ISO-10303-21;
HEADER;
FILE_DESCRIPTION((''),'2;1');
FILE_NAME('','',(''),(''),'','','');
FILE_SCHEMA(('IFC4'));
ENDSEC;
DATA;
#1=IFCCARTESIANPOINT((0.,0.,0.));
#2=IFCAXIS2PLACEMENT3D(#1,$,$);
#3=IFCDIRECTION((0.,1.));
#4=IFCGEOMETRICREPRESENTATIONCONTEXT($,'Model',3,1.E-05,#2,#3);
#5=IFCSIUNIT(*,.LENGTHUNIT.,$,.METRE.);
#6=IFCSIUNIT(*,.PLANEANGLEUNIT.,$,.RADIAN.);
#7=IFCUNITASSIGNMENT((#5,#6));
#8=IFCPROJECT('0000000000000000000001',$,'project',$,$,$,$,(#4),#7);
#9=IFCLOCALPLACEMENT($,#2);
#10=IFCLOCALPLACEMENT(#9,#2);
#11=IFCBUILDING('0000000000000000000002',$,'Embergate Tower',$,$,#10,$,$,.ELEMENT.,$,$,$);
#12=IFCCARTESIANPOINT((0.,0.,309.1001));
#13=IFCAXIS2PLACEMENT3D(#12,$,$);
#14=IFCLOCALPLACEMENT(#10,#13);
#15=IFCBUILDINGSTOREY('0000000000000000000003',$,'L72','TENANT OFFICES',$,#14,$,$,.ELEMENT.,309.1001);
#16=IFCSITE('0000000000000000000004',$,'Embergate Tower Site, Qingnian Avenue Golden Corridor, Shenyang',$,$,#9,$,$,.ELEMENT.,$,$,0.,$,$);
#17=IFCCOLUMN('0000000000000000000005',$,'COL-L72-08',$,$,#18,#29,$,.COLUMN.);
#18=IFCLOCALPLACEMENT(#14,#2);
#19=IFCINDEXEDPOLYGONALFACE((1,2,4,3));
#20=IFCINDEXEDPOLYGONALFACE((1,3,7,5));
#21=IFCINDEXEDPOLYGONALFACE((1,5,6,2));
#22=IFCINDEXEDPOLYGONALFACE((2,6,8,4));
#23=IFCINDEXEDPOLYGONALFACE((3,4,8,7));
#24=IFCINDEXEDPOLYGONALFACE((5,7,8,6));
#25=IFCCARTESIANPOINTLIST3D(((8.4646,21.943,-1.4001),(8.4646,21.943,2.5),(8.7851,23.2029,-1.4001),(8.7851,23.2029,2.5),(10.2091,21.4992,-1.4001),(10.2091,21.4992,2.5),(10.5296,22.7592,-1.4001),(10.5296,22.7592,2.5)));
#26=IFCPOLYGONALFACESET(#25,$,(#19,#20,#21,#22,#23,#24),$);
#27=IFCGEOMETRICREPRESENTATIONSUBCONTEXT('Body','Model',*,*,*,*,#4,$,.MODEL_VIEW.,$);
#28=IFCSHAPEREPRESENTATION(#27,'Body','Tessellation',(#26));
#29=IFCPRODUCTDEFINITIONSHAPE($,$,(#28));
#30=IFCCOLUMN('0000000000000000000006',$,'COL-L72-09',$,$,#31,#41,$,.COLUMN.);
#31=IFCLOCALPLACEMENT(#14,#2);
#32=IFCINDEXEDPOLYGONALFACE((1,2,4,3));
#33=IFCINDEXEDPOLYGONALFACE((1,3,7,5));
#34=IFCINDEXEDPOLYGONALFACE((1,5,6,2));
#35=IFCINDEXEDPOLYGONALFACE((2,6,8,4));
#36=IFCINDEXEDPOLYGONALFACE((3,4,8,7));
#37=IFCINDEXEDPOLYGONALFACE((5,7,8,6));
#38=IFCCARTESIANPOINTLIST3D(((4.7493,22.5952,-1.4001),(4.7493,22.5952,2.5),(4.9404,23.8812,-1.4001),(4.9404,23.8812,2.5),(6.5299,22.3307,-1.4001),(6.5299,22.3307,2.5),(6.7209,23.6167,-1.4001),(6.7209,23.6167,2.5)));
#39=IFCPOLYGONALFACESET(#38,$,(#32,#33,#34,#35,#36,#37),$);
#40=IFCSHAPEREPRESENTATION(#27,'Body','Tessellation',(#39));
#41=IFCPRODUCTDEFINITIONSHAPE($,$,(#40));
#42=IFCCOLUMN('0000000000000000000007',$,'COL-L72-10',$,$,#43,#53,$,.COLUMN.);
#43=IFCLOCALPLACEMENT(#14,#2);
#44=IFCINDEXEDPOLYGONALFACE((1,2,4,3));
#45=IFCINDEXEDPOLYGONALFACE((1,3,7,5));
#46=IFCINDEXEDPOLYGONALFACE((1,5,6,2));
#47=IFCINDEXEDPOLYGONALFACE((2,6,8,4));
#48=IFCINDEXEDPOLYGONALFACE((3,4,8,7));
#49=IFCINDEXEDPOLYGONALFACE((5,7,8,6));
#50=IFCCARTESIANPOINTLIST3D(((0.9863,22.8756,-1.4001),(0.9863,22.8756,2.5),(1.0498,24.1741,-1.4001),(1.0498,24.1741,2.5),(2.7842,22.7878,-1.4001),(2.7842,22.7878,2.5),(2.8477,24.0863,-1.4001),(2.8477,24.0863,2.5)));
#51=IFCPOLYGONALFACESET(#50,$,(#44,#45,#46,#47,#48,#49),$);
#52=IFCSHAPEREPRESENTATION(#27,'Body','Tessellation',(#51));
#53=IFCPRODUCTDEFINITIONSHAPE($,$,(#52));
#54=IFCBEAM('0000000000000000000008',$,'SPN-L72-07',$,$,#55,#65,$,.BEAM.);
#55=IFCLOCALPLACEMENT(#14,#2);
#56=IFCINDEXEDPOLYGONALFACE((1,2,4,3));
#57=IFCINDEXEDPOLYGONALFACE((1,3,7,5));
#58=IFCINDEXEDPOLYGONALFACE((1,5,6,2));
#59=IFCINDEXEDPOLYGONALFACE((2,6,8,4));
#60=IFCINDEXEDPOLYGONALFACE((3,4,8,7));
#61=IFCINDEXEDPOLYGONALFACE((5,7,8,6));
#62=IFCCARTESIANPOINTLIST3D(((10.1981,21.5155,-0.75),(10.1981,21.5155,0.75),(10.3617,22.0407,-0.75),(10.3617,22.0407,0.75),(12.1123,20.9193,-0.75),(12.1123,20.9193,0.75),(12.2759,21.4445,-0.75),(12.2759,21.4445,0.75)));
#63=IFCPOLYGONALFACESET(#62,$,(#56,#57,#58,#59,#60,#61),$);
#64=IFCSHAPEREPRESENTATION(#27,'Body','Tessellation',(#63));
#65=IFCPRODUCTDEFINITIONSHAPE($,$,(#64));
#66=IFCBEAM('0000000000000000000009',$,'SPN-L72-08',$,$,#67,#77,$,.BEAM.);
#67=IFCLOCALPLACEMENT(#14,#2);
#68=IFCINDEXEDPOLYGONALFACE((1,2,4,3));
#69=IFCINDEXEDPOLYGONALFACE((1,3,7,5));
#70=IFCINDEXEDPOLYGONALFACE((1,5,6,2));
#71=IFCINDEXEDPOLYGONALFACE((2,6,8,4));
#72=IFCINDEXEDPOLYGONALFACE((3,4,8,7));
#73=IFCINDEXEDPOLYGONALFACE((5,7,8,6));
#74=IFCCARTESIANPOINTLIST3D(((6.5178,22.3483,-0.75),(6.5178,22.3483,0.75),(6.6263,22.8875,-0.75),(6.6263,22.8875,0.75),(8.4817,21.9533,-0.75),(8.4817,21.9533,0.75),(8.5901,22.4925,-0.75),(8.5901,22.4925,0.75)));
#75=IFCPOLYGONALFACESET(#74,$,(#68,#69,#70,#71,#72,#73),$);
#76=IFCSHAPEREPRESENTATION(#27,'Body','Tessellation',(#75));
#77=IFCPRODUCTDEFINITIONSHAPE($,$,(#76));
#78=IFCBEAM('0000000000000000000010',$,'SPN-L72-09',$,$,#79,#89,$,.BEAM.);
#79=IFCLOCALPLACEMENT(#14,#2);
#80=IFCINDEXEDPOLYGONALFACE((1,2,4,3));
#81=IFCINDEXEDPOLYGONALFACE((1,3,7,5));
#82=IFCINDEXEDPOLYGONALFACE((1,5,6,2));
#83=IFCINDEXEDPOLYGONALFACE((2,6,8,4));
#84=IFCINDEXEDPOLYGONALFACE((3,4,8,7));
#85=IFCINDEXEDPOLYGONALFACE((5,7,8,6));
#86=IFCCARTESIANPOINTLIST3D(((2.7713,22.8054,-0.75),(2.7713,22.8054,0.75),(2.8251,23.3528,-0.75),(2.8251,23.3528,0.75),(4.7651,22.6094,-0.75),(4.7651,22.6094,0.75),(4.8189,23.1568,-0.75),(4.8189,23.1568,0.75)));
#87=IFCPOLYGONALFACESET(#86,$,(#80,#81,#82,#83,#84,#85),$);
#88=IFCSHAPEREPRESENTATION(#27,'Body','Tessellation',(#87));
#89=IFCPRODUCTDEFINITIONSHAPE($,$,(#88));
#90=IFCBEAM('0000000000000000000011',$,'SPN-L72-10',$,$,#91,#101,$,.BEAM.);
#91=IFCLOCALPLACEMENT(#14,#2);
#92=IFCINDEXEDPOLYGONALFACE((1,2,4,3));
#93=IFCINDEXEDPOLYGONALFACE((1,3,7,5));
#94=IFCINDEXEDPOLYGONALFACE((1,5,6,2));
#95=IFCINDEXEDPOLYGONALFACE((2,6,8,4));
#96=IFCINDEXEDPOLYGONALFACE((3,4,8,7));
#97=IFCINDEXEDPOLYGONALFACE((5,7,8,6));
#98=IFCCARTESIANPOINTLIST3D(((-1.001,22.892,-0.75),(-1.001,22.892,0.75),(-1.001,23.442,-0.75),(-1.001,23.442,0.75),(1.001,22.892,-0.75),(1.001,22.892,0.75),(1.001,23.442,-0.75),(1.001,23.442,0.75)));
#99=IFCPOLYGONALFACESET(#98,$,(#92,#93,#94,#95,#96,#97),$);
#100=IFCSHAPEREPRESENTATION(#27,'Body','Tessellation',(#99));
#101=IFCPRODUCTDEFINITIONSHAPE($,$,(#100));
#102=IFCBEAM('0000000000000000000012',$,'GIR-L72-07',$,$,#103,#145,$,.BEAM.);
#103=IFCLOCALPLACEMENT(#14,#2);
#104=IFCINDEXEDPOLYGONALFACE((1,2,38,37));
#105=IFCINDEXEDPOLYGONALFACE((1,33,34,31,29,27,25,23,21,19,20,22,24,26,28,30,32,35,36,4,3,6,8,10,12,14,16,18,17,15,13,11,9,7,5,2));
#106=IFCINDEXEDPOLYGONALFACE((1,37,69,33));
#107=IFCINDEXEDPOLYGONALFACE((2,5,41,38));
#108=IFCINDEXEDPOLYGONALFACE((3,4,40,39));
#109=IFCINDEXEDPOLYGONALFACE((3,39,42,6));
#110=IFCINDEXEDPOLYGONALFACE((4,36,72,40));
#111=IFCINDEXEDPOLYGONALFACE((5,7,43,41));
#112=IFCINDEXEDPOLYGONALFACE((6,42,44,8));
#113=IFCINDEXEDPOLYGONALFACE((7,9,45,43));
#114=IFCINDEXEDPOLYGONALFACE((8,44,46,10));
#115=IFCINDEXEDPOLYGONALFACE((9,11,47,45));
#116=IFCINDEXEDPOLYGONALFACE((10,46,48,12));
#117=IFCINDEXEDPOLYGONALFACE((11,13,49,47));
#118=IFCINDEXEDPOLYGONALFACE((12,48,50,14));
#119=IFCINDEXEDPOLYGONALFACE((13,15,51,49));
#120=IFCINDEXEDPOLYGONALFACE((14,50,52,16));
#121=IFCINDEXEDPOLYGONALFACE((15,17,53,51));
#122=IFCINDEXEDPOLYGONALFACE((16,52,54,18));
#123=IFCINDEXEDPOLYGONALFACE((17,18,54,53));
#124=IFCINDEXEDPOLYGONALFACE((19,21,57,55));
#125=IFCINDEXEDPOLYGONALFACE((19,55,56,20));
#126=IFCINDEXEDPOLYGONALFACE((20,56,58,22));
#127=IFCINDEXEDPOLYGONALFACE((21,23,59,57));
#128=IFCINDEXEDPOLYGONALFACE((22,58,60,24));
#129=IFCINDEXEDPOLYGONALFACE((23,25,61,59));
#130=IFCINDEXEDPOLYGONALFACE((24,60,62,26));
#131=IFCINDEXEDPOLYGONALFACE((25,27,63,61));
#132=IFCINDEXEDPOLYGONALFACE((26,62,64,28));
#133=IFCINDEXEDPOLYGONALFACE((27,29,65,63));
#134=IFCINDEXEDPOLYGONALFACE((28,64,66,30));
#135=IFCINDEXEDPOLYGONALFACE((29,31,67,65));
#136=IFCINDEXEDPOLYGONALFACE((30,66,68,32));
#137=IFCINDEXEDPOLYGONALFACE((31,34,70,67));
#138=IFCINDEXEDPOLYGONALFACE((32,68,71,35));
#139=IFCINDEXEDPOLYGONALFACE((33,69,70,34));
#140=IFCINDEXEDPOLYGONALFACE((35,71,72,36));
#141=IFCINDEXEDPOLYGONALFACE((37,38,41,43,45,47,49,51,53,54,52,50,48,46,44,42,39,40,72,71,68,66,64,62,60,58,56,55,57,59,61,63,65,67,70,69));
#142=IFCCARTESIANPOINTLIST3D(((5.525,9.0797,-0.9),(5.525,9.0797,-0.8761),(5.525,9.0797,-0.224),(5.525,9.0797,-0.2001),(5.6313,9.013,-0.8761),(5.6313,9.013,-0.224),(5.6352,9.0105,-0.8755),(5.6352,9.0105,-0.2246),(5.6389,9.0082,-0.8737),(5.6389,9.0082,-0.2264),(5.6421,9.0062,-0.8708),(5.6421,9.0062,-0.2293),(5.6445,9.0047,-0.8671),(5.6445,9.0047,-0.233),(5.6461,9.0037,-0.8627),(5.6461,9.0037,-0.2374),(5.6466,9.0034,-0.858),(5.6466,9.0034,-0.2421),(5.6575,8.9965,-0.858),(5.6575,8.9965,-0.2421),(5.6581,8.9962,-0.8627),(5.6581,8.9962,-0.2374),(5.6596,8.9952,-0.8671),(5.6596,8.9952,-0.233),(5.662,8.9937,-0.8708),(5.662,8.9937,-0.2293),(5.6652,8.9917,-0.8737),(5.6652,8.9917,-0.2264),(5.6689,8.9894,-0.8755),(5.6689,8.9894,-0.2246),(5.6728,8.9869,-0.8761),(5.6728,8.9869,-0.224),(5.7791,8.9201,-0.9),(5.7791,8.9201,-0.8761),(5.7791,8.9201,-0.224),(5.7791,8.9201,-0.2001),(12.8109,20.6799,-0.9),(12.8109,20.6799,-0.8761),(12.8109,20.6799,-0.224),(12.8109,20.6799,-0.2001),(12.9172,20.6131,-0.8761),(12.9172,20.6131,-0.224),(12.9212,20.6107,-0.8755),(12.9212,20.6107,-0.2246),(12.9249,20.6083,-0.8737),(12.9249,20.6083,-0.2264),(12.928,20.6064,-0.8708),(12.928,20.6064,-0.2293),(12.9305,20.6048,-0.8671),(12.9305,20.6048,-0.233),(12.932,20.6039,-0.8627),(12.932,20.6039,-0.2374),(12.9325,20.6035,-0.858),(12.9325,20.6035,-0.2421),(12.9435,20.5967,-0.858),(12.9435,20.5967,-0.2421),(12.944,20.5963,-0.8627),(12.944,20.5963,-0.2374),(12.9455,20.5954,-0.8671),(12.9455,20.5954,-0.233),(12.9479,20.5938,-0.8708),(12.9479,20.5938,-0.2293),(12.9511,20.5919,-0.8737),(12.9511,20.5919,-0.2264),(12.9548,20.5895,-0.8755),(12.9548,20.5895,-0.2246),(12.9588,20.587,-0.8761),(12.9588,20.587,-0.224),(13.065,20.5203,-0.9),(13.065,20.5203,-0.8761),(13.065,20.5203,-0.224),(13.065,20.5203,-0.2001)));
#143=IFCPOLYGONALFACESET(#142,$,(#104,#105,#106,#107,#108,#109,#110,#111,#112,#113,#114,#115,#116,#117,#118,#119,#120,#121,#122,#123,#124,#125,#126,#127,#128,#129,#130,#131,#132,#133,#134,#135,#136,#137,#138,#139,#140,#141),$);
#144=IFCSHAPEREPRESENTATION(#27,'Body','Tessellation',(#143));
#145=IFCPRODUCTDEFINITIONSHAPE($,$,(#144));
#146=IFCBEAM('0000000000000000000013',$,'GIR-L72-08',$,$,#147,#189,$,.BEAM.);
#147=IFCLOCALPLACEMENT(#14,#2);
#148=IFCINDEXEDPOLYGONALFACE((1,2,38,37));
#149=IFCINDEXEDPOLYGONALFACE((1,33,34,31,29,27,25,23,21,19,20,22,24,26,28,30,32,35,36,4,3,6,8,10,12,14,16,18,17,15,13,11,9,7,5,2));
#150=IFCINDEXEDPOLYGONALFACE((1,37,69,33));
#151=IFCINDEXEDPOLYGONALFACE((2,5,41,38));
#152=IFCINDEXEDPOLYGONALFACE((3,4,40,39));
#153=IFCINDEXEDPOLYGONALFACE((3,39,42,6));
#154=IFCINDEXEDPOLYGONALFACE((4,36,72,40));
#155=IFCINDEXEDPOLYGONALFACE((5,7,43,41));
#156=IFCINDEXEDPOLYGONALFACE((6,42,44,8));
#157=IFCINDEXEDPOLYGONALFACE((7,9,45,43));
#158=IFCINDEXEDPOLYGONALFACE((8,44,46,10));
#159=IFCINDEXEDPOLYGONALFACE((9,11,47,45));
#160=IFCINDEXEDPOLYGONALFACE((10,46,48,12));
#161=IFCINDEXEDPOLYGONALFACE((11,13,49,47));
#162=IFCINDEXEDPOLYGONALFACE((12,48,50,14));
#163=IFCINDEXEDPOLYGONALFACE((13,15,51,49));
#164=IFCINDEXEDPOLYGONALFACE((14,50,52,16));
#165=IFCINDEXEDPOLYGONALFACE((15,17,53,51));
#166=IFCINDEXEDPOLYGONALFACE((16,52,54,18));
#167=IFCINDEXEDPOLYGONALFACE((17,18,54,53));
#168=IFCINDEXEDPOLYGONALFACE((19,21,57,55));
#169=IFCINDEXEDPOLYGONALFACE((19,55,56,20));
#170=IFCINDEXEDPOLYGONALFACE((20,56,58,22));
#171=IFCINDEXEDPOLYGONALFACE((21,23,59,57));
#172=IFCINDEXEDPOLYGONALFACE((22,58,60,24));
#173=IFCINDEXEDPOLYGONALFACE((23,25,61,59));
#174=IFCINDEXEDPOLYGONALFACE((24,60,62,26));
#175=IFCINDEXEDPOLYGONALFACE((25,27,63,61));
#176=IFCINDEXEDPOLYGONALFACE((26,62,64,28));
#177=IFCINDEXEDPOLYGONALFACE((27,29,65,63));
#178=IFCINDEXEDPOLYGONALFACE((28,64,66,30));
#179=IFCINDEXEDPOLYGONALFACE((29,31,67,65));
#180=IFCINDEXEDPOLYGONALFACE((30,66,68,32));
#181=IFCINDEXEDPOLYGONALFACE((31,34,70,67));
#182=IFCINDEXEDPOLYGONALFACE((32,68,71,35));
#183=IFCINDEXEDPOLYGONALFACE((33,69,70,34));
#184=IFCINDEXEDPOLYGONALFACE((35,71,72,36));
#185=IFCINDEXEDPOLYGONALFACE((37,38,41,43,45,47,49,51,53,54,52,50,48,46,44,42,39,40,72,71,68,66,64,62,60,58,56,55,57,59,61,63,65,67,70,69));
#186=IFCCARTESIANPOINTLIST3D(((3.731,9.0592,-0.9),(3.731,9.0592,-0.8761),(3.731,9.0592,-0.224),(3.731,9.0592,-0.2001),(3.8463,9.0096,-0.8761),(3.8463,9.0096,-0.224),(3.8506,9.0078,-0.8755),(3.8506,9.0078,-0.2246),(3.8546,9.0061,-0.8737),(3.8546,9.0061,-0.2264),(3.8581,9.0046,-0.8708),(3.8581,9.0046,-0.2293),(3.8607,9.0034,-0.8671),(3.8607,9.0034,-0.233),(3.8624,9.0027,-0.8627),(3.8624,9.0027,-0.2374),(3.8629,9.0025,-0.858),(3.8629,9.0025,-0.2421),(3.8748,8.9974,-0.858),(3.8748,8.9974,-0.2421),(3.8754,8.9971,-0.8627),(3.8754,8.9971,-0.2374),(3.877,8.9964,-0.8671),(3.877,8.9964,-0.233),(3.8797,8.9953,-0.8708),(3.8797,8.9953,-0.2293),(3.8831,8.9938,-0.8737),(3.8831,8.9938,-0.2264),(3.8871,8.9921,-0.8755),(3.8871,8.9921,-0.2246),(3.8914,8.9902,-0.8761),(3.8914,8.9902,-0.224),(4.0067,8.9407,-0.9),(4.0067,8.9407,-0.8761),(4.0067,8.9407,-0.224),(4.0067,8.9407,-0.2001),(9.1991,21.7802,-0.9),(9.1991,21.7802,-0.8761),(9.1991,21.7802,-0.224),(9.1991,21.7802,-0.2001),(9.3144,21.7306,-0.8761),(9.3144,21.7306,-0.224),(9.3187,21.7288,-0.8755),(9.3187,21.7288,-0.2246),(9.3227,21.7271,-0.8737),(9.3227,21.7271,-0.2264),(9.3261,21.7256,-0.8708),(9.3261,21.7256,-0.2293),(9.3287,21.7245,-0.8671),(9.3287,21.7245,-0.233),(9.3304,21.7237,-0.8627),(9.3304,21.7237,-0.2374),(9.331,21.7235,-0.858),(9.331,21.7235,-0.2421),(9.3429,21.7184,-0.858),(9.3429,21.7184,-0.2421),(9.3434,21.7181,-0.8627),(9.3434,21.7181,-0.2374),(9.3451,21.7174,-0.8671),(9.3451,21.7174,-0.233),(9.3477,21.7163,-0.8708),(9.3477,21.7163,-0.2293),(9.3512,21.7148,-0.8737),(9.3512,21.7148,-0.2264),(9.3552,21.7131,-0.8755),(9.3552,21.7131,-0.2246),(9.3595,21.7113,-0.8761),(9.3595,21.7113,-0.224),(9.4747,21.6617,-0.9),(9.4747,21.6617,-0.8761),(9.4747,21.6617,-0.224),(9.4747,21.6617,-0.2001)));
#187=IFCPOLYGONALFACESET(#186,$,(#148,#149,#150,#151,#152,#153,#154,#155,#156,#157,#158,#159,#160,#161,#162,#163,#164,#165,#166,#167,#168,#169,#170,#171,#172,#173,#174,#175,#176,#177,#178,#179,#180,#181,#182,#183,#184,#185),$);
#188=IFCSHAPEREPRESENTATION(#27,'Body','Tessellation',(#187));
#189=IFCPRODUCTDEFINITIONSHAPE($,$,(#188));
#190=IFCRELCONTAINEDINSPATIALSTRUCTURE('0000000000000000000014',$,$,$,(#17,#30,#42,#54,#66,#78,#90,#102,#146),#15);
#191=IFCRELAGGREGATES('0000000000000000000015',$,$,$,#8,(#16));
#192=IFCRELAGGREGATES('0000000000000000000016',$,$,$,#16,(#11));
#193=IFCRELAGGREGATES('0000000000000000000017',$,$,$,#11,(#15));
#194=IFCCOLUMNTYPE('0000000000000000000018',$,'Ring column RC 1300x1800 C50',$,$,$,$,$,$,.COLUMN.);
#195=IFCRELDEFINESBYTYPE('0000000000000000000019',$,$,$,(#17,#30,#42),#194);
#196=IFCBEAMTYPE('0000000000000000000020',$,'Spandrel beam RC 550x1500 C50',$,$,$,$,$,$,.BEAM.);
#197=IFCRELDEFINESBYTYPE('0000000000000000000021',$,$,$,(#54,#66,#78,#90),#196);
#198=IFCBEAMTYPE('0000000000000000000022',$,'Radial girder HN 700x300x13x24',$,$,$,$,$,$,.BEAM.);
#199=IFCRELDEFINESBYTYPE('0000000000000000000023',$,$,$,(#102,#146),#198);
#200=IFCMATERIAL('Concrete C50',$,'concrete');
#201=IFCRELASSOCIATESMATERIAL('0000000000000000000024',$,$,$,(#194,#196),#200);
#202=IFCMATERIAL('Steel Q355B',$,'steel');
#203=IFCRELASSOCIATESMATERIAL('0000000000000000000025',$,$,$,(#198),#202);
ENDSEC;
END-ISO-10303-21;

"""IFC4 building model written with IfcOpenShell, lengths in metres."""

from ifc_helpers import new_model, si_unit, direction, frame, origin, origin_2d, place, context, subcontext, project, spatial, rectangle, i_section, extrude, source, transform, mapped, material, material_profile, profile_set, type_object, element, save


model = new_model("IFC4")

# Units and contexts
model_context = context("Model", 3, precision=1e-05, world=origin(), true_north=direction((0.0, 1.0)))
body_context = subcontext(model_context, "Body", "Model", "MODEL_VIEW")
ifc_project = project(units=[si_unit("LENGTHUNIT", "METRE"), si_unit("PLANEANGLEUNIT", "RADIAN")], contexts=[model_context])

# Site, building, storey
site_placement = place(None, origin())
site = spatial("IfcSite", under=ifc_project, at=site_placement, Name="Embergate Tower Site, Qingnian Avenue Golden Corridor, Shenyang", CompositionType="ELEMENT", RefElevation=0.0)
building_placement = place(site_placement, origin())
building = spatial("IfcBuilding", under=site, at=building_placement, Name="Embergate Tower", CompositionType="ELEMENT")
storey_placement = place(building_placement, frame((0.0, 0.0, 309.1001)))
storey = spatial("IfcBuildingStorey", under=building, at=storey_placement, Name="L72", Description="TENANT OFFICES", CompositionType="ELEMENT", Elevation=309.1001)

# Columns
ifc_material_1 = material(Name="Concrete C50", Category="concrete")
ifc_material_profile_1 = material_profile(ifc_material_1, rectangle(XDim=1.3, YDim=1.8, at=origin_2d()), Name="RC 1300x1800")
ifc_profile_set_1 = profile_set([ifc_material_profile_1], Name="Concrete C50")
column_type = type_object("IfcColumnType", Name="Ring column RC 1300x1800 C50", PredefinedType="COLUMN", material=ifc_profile_set_1)
shared_shape_1 = source(origin(), body_context, "Body", "SweptSolid", [
    extrude(rectangle(XDim=1.3, YDim=1.8, at=origin_2d()), origin(), (0.0, 0.0, 1.0), 3.9001),
])
for number, where, z_axis, x_axis, name in (
    (1, (9.4971, 22.3511, -1.4001), (0.0, 0.0, 1.0), (0.246509, 0.969141, 0.0), "COL-L72-08"),
    (2, (5.7351, 23.106, -1.4001), (0.0, 0.0, 1.0), (0.146929, 0.989147, 0.0), "COL-L72-09"),
    (3, (1.917, 23.481, -1.4001), (0.0, 0.0, 1.0), (0.048815, 0.998808, 0.0), "COL-L72-10"),
):
    element("IfcColumn", number, at=place(storey_placement, frame(where, z_axis=z_axis, x_axis=x_axis)), inside=storey, type_object=column_type, Name=name, PredefinedType="COLUMN", context=body_context, shape_type="MappedRepresentation", body=[
        mapped(shared_shape_1, transform((0.0, 0.0, 0.0))),
    ])

# Beams
ifc_material_profile_2 = material_profile(ifc_material_1, rectangle(XDim=0.55, YDim=1.5, at=origin_2d()), Name="RC 550x1500")
ifc_profile_set_2 = profile_set([ifc_material_profile_2], Name="Concrete C50")
beam_type_1 = type_object("IfcBeamType", Name="Spandrel beam RC 550x1500 C50", PredefinedType="BEAM", material=ifc_profile_set_2)
shared_shape_2 = source(origin(), body_context, "Body", "SweptSolid", [
    extrude(rectangle(XDim=0.55, YDim=1.5, at=origin_2d()), origin(), (0.0, 0.0, 1.0), 2.0049),
])
beam_1_placement = place(storey_placement, frame((12.1941, 21.1819, 0.0), z_axis=(-0.954757, 0.297387, 0.0), x_axis=(-0.297387, -0.954757, 0.0)))
element("IfcBeam", 4, at=beam_1_placement, inside=storey, type_object=beam_type_1, Name="SPN-L72-07", PredefinedType="BEAM", context=body_context, shape_type="MappedRepresentation", body=[
    mapped(shared_shape_2, transform((0.0, 0.0, 0.0))),
])
shared_shape_3 = source(origin(), body_context, "Body", "SweptSolid", [
    extrude(rectangle(XDim=0.55, YDim=1.5, at=origin_2d()), origin(), (0.0, 0.0, 1.0), 2.0032),
])
beam_2_placement = place(storey_placement, frame((8.5359, 22.2229, 0.0), z_axis=(-0.980364, 0.197194, 0.0), x_axis=(-0.197194, -0.980364, 0.0)))
element("IfcBeam", 5, at=beam_2_placement, inside=storey, type_object=beam_type_1, Name="SPN-L72-08", PredefinedType="BEAM", context=body_context, shape_type="MappedRepresentation", body=[
    mapped(shared_shape_3, transform((0.0, 0.0, 0.0))),
])
shared_shape_4 = source(origin(), body_context, "Body", "SweptSolid", [
    extrude(rectangle(XDim=0.55, YDim=1.5, at=origin_2d()), origin(), (0.0, 0.0, 1.0), 2.0034),
])
beam_3_placement = place(storey_placement, frame((4.792, 22.8831, 0.0), z_axis=(-0.995201, 0.097851, 0.0), x_axis=(-0.097851, -0.995201, 0.0)))
element("IfcBeam", 6, at=beam_3_placement, inside=storey, type_object=beam_type_1, Name="SPN-L72-09", PredefinedType="BEAM", context=body_context, shape_type="MappedRepresentation", body=[
    mapped(shared_shape_4, transform((0.0, 0.0, 0.0))),
])
shared_shape_5 = source(origin(), body_context, "Body", "SweptSolid", [
    extrude(rectangle(XDim=0.55, YDim=1.5, at=origin_2d()), origin(), (0.0, 0.0, 1.0), 2.002),
])
beam_4_placement = place(storey_placement, frame((1.001, 23.167, 0.0), z_axis=(-1.0, 0.0, 0.0), x_axis=(0.0, -1.0, 0.0)))
element("IfcBeam", 7, at=beam_4_placement, inside=storey, type_object=beam_type_1, Name="SPN-L72-10", PredefinedType="BEAM", context=body_context, shape_type="MappedRepresentation", body=[
    mapped(shared_shape_5, transform((0.0, 0.0, 0.0))),
])
ifc_material_2 = material(Name="Steel Q355B", Category="steel")
ifc_material_profile_3 = material_profile(ifc_material_2, i_section(OverallWidth=0.3, OverallDepth=0.7, WebThickness=0.0129, FlangeThickness=0.0239, FilletRadius=0.0181, at=origin_2d()), Name="HN 700x300x13x24")
ifc_profile_set_3 = profile_set([ifc_material_profile_3], Name="Steel Q355 grade B")
beam_type_2 = type_object("IfcBeamType", Name="Radial girder HN 700x300x13x24", PredefinedType="BEAM", material=ifc_profile_set_3)
shared_shape_6 = source(origin(), body_context, "Body", "SweptSolid", [
    extrude(i_section(OverallWidth=0.3, OverallDepth=0.7, WebThickness=0.0129, FlangeThickness=0.0239, FilletRadius=0.0181, at=origin_2d()), origin(), (0.0, 0.0, 1.0), 13.6985),
])
beam_5_placement = place(storey_placement, frame((12.938, 20.6001, -0.55), z_axis=(-0.531878, -0.846821, 0.0), x_axis=(0.846821, -0.531878, 0.0)))
element("IfcBeam", 8, at=beam_5_placement, inside=storey, type_object=beam_type_2, Name="GIR-L72-07", PredefinedType="BEAM", context=body_context, shape_type="MappedRepresentation", body=[
    mapped(shared_shape_6, transform((0.0, 0.0, 0.0))),
])
shared_shape_7 = source(origin(), body_context, "Body", "SweptSolid", [
    extrude(i_section(OverallWidth=0.3, OverallDepth=0.7, WebThickness=0.0129, FlangeThickness=0.0239, FilletRadius=0.0181, at=origin_2d()), origin(), (0.0, 0.0, 1.0), 13.8464),
])
beam_6_placement = place(storey_placement, frame((9.3369, 21.7209, -0.55), z_axis=(-0.394906, -0.918721, 0.0), x_axis=(0.918721, -0.394906, 0.0)))
element("IfcBeam", 9, at=beam_6_placement, inside=storey, type_object=beam_type_2, Name="GIR-L72-08", PredefinedType="BEAM", context=body_context, shape_type="MappedRepresentation", body=[
    mapped(shared_shape_7, transform((0.0, 0.0, 0.0))),
])

save(model, "model.ifc")
